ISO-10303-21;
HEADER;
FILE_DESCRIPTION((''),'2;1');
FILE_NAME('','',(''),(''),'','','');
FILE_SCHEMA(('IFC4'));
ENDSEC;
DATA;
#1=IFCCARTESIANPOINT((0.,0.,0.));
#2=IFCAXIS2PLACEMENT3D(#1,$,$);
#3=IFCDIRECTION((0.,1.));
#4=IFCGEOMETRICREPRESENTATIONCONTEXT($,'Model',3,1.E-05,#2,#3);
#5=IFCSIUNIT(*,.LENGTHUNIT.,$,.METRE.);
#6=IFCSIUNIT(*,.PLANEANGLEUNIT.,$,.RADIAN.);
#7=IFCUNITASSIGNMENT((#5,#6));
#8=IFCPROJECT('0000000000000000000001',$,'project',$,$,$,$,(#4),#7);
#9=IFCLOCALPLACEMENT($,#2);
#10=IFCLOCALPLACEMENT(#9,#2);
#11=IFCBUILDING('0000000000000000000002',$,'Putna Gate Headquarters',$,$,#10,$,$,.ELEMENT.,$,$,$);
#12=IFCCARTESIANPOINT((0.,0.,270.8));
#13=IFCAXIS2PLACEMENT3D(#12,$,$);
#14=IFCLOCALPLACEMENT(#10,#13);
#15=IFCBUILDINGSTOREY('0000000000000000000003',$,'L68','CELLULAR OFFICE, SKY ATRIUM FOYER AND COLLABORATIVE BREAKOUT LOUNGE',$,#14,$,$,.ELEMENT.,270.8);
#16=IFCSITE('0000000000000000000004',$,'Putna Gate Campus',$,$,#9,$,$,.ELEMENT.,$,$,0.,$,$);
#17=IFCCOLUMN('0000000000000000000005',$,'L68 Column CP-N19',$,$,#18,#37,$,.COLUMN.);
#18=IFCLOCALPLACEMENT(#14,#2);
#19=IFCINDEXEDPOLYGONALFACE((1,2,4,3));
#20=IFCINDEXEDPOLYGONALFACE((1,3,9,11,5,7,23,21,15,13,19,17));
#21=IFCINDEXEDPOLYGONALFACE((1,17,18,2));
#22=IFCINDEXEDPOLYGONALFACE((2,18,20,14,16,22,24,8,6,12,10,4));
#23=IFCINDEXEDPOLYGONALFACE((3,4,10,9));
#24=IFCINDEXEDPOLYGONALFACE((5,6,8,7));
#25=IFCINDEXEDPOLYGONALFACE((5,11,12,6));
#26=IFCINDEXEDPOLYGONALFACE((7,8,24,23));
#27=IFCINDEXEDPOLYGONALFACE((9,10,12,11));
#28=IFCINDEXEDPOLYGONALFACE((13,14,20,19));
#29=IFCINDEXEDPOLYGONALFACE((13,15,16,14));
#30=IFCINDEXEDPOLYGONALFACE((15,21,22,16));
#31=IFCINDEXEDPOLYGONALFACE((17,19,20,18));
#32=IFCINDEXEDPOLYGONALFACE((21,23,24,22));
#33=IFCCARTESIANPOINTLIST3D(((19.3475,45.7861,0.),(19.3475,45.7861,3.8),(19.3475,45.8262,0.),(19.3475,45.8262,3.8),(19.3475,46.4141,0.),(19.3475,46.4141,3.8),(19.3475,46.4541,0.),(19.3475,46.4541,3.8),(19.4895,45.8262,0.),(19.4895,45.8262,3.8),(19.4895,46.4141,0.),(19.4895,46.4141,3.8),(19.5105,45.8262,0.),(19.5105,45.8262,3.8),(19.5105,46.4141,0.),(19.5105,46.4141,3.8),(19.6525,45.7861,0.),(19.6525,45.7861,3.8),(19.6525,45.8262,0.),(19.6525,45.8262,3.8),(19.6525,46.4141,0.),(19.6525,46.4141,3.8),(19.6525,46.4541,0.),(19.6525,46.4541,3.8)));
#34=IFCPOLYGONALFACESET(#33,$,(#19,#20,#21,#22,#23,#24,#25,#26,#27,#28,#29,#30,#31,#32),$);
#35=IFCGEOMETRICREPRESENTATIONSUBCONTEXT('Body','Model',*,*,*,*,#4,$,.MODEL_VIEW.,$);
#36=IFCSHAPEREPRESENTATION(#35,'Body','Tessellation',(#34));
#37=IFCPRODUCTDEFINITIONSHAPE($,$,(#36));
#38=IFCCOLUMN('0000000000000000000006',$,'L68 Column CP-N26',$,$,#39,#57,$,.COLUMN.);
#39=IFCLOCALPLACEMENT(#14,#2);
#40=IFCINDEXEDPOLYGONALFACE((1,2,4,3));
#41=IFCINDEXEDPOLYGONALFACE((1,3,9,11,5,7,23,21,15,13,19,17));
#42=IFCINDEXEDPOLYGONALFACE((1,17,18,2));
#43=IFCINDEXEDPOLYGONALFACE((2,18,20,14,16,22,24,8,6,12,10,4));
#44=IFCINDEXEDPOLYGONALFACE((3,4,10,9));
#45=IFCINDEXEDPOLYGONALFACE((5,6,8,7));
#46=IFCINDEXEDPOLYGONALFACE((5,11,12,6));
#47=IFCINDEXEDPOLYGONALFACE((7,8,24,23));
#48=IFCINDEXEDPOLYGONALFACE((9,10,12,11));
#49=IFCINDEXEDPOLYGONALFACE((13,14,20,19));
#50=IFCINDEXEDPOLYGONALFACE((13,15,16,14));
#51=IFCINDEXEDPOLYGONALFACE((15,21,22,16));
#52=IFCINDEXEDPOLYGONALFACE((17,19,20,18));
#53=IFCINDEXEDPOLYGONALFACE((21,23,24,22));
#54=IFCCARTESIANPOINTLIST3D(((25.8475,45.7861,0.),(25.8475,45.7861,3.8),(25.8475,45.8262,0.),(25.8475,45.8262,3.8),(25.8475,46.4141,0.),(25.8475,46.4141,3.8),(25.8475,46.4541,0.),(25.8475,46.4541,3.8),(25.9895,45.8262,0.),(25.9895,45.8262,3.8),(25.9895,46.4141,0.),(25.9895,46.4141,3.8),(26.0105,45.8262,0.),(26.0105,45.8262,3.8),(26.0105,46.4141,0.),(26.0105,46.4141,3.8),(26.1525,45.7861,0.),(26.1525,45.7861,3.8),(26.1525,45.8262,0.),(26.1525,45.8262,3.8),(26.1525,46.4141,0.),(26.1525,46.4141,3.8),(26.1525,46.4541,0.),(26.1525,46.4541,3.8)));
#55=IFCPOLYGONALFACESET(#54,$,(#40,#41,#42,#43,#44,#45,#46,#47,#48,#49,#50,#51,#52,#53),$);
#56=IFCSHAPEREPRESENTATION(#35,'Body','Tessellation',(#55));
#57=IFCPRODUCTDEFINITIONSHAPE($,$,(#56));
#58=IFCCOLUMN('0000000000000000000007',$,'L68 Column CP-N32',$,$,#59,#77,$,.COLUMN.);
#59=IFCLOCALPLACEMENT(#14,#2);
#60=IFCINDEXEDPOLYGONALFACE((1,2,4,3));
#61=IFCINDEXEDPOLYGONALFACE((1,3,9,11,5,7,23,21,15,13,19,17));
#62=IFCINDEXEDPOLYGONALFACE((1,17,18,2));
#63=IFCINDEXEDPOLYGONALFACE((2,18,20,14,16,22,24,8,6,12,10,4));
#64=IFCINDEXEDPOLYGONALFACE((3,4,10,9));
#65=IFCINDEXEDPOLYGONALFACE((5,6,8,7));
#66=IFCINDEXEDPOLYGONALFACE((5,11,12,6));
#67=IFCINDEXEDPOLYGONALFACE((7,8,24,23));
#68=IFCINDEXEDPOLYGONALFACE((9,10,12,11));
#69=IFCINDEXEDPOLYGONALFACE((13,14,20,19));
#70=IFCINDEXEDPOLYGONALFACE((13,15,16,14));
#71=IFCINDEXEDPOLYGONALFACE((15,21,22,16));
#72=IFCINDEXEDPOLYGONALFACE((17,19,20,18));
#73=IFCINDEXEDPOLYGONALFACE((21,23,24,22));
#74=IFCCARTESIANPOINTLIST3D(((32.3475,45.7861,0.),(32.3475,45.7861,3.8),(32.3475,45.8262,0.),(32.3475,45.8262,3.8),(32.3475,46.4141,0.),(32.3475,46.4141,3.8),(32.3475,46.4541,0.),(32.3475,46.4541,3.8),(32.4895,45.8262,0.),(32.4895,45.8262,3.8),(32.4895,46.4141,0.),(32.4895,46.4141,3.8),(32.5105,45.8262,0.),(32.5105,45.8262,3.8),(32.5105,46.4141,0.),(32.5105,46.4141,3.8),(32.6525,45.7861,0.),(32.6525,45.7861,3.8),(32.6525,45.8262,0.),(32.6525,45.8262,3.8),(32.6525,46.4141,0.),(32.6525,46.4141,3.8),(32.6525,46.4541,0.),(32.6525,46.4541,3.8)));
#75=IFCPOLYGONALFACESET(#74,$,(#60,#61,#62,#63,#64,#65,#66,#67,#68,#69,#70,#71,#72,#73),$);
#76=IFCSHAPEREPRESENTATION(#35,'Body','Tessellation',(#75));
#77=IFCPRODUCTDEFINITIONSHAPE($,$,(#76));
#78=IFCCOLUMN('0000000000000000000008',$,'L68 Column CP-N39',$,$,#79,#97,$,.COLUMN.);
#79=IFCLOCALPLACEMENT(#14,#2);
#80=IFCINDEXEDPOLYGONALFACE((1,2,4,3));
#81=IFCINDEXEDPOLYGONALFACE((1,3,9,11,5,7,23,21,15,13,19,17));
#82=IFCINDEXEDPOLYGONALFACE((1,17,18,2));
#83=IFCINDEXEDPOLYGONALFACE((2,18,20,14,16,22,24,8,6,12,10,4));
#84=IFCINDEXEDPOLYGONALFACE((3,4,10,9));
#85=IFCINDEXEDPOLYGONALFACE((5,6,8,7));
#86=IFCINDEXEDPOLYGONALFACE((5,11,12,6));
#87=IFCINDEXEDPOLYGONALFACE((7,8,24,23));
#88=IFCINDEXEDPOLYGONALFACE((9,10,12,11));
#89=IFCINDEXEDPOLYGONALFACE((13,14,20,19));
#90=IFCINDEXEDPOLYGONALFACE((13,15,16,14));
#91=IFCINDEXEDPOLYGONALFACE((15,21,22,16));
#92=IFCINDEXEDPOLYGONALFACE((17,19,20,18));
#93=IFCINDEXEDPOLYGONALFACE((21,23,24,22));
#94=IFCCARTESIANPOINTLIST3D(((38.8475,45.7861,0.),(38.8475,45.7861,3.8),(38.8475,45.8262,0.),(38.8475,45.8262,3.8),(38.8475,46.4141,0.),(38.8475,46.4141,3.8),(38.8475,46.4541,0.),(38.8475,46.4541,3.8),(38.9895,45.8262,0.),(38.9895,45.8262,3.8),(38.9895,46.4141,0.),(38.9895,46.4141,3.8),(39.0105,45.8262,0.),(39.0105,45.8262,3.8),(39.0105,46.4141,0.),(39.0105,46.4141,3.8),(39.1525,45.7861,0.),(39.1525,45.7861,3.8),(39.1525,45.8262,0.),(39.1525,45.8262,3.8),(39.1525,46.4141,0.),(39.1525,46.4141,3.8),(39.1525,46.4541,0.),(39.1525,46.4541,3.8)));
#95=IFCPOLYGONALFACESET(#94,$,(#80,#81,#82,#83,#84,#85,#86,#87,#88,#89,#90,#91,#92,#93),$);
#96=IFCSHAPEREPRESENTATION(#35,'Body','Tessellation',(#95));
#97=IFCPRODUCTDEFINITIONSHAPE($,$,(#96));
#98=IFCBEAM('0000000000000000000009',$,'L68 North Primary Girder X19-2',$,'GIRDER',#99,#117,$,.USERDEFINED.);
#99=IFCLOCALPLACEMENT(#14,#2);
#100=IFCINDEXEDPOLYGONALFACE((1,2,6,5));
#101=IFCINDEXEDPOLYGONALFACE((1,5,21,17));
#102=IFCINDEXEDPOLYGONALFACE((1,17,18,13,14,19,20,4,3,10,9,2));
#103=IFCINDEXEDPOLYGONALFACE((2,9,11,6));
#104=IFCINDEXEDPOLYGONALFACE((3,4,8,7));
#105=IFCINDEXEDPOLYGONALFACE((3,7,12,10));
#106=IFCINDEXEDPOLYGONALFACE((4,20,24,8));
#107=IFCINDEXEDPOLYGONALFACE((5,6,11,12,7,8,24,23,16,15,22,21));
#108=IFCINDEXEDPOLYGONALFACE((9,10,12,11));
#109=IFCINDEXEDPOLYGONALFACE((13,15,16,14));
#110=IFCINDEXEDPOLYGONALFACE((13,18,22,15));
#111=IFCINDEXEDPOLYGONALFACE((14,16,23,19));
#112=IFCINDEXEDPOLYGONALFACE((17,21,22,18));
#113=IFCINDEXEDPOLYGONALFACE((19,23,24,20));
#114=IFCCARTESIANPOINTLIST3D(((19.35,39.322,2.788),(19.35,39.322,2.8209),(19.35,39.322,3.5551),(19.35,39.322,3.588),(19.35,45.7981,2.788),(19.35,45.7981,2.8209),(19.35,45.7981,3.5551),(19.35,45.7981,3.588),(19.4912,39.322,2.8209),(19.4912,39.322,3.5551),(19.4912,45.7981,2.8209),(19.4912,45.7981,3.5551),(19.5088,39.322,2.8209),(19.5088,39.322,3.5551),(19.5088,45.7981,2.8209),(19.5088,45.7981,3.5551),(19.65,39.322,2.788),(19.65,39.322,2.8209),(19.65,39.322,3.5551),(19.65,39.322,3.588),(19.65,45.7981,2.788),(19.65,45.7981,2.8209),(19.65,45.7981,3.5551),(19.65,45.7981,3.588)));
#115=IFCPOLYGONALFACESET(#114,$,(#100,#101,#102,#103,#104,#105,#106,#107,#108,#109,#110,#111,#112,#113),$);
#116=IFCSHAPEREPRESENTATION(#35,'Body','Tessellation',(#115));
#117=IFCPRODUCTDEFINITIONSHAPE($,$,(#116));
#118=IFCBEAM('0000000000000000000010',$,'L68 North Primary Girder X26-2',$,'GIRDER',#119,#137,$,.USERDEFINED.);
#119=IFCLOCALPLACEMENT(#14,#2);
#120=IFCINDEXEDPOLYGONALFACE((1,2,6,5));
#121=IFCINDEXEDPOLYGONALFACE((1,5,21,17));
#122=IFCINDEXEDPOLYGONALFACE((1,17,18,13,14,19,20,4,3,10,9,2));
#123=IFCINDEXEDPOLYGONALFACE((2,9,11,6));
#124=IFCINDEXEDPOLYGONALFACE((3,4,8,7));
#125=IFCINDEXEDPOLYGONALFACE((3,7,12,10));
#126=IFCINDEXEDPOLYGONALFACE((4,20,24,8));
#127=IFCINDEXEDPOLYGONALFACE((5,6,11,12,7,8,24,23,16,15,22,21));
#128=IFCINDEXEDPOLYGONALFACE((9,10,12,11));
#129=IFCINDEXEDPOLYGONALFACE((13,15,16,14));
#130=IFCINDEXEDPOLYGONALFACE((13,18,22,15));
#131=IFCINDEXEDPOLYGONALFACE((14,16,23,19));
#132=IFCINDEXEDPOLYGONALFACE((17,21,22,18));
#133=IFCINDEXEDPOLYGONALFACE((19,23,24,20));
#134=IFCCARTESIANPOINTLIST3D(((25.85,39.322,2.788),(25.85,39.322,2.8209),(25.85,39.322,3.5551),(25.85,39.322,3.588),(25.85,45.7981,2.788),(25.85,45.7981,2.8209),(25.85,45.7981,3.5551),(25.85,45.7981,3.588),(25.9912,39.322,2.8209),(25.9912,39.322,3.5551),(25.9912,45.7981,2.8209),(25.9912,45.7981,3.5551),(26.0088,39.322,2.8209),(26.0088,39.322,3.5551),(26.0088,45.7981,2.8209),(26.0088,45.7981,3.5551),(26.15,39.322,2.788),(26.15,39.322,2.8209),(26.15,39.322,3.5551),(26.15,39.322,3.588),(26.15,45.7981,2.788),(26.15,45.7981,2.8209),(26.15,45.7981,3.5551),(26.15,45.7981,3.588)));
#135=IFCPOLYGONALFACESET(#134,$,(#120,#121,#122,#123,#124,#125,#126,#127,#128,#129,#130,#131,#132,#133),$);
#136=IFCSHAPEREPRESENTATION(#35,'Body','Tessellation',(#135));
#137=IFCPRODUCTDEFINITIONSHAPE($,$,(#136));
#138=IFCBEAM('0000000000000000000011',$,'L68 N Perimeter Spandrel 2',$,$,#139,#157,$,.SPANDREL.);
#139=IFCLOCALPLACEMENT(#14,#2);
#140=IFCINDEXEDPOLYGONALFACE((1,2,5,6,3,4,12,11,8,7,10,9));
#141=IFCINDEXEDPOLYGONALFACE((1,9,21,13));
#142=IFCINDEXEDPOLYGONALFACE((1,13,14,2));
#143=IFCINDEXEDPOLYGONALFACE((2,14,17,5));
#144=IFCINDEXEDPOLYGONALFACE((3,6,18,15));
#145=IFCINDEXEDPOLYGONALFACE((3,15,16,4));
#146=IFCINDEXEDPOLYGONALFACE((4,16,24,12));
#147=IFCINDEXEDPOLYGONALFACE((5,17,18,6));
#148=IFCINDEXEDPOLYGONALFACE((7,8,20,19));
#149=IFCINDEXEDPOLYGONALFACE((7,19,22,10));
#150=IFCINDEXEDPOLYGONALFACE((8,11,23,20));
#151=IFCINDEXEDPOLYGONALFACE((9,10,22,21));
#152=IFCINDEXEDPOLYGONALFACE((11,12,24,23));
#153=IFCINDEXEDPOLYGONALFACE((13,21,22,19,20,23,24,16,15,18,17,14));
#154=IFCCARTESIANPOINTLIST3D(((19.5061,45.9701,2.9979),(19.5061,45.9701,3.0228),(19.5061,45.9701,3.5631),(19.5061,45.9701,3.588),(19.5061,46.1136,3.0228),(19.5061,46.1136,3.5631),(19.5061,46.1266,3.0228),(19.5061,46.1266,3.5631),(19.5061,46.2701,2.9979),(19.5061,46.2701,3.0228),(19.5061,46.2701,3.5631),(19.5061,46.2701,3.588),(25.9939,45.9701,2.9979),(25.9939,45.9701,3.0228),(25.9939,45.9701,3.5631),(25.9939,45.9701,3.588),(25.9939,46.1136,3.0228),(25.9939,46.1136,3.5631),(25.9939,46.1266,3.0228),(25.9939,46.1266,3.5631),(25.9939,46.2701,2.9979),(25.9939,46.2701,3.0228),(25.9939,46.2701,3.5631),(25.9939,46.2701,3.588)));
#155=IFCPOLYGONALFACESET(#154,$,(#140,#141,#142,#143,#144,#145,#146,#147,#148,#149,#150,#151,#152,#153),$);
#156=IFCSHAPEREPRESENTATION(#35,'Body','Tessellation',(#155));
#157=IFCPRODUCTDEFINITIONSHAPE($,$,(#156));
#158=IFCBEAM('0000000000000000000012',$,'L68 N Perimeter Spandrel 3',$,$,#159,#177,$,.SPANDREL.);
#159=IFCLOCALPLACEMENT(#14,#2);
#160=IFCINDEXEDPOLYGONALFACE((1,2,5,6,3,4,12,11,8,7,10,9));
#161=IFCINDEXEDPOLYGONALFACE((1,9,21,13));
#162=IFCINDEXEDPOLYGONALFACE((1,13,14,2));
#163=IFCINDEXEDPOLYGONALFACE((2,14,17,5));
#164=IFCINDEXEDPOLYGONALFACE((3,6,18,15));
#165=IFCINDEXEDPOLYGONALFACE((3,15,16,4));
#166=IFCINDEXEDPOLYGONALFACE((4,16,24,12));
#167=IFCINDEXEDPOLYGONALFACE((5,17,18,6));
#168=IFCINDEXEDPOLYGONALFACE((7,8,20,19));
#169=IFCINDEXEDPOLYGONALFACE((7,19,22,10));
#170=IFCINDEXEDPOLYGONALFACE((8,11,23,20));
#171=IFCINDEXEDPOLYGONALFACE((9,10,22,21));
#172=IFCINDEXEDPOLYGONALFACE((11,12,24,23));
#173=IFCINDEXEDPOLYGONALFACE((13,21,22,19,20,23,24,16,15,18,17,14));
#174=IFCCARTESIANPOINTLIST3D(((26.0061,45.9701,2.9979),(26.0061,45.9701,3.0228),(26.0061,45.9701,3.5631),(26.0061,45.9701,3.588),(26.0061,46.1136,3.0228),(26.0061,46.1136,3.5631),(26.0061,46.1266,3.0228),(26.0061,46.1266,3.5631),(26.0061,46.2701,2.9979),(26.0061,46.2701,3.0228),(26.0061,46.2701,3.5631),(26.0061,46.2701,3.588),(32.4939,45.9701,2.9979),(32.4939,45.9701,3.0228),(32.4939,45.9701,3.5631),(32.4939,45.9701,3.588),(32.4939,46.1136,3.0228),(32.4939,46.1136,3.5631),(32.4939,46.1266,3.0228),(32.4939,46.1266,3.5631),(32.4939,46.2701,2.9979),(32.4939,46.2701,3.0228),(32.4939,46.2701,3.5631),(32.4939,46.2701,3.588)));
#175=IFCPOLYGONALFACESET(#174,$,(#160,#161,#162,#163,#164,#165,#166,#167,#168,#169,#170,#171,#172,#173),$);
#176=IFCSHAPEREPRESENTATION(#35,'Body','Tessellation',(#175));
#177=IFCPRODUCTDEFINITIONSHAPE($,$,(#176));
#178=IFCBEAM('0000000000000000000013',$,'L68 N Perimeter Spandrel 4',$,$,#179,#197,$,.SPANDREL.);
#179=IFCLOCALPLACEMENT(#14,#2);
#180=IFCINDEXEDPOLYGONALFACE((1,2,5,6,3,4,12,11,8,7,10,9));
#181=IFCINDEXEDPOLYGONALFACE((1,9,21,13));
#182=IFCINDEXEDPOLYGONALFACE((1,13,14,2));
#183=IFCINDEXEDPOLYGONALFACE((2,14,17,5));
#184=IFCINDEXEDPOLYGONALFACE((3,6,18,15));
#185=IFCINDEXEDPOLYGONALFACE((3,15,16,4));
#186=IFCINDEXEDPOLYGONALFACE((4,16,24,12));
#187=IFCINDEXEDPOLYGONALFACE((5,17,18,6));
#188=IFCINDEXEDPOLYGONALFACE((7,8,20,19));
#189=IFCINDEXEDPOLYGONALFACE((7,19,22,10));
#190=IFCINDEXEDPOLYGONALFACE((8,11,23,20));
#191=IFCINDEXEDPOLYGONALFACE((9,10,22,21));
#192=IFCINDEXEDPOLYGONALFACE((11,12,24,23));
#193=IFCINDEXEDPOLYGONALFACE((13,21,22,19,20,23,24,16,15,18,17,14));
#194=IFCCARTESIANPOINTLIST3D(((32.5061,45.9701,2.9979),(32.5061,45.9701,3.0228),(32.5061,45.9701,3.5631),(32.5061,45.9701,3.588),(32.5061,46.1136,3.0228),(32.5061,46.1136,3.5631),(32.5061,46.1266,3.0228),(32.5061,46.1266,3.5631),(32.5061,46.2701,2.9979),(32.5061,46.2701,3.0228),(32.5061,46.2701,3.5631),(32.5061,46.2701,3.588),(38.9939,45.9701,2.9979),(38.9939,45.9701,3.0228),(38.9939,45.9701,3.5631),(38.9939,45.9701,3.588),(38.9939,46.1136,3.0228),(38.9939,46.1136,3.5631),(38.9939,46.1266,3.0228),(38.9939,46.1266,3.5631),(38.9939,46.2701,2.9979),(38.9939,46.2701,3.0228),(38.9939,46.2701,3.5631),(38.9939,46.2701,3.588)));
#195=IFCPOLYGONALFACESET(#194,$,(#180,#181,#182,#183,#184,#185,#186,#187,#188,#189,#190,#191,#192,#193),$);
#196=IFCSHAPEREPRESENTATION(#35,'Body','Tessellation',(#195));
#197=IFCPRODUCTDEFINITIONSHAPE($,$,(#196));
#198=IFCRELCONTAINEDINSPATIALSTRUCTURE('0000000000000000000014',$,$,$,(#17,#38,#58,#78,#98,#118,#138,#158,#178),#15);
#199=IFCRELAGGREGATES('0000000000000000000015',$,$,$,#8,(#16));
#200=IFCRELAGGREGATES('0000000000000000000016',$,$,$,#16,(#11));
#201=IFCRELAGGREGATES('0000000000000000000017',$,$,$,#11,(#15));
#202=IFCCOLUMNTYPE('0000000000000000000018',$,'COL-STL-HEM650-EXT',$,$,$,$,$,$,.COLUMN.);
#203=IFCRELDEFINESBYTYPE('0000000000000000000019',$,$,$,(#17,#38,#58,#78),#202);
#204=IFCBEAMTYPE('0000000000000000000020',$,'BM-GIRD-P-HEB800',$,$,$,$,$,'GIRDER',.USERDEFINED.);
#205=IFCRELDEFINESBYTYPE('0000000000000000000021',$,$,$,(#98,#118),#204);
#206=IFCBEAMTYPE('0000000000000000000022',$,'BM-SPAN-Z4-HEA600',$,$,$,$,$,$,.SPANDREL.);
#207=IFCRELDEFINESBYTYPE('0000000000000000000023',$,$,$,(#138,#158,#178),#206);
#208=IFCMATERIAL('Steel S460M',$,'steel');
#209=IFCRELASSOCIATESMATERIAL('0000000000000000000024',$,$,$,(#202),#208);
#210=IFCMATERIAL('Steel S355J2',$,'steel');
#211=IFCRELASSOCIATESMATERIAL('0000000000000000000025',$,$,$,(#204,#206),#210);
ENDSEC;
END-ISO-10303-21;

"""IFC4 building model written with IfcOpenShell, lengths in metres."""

from ifc_helpers import new_model, si_unit, direction, frame, origin, origin_2d, place, context, subcontext, project, spatial, i_section, extrude, material, material_profile, profile_set, type_object, element, save


model = new_model("IFC4")

# Units and contexts
model_context = context("Model", 3, precision=1e-05, world=origin(), true_north=direction((0.0, 1.0)))
body_context = subcontext(model_context, "Body", "Model", "MODEL_VIEW")
ifc_project = project(units=[si_unit("LENGTHUNIT", "METRE"), si_unit("PLANEANGLEUNIT", "RADIAN")], contexts=[model_context])

# Site, building, storey
site_placement = place(None, origin())
site = spatial("IfcSite", under=ifc_project, at=site_placement, Name="Putna Gate Campus", CompositionType="ELEMENT", RefElevation=0.0)
building_placement = place(site_placement, origin())
building = spatial("IfcBuilding", under=site, at=building_placement, Name="Putna Gate Headquarters", CompositionType="ELEMENT")
storey_placement = place(building_placement, frame((0.0, 0.0, 270.8)))
storey = spatial("IfcBuildingStorey", under=building, at=storey_placement, Name="L68", Description="CELLULAR OFFICE, SKY ATRIUM FOYER AND COLLABORATIVE BREAKOUT LOUNGE", CompositionType="ELEMENT", Elevation=270.8)

# Columns
ifc_material_1 = material(Name="Steel S460M", Category="steel")
ifc_material_profile_1 = material_profile(ifc_material_1, i_section(OverallWidth=0.3049, OverallDepth=0.668, WebThickness=0.021, FlangeThickness=0.04, at=origin_2d()), Name="Steel S460M")
ifc_profile_set_1 = profile_set([ifc_material_profile_1], Name="Steel S460M")
column_type = type_object("IfcColumnType", Name="COL-STL-HEM650-EXT", PredefinedType="COLUMN", material=ifc_profile_set_1)
for number, where, z_axis, x_axis, name in (
    (1, (19.5, 46.1201, 0.0), (0.0, 0.0, 1.0), (1.0, 0.0, 0.0), "L68 Column CP-N19"),
    (2, (26.0, 46.1201, 0.0), (0.0, 0.0, 1.0), (1.0, 0.0, 0.0), "L68 Column CP-N26"),
    (3, (32.5, 46.1201, 0.0), (0.0, 0.0, 1.0), (1.0, 0.0, 0.0), "L68 Column CP-N32"),
    (4, (39.0, 46.1201, 0.0), (0.0, 0.0, 1.0), (1.0, 0.0, 0.0), "L68 Column CP-N39"),
):
    element("IfcColumn", number, at=place(storey_placement, frame(where, z_axis=z_axis, x_axis=x_axis)), inside=storey, type_object=column_type, Name=name, PredefinedType="COLUMN", context=body_context, shape_type="SweptSolid", body=[
        extrude(i_section(OverallWidth=0.3049, OverallDepth=0.668, WebThickness=0.021, FlangeThickness=0.04, at=origin_2d()), origin(), (0.0, 0.0, 1.0), 3.8),
    ])

# Beams
ifc_material_2 = material(Name="Steel S355J2", Category="steel")
ifc_material_profile_2 = material_profile(ifc_material_2, i_section(OverallWidth=0.3, OverallDepth=0.8, WebThickness=0.0176, FlangeThickness=0.033, at=origin_2d()), Name="Steel S355J2")
ifc_profile_set_2 = profile_set([ifc_material_profile_2], Name="Steel S355J2")
beam_type_1 = type_object("IfcBeamType", Name="BM-GIRD-P-HEB800", ElementType="GIRDER", PredefinedType="USERDEFINED", material=ifc_profile_set_2)
for number, where, z_axis, x_axis, name in (
    (5, (19.5, 39.322, 3.188), (0.0, 1.0, 0.0), (-1.0, 0.0, 0.0), "L68 North Primary Girder X19-2"),
    (6, (26.0, 39.322, 3.188), (0.0, 1.0, 0.0), (-1.0, 0.0, 0.0), "L68 North Primary Girder X26-2"),
):
    element("IfcBeam", number, at=place(storey_placement, frame(where, z_axis=z_axis, x_axis=x_axis)), inside=storey, type_object=beam_type_1, Name=name, ObjectType="GIRDER", PredefinedType="USERDEFINED", context=body_context, shape_type="SweptSolid", body=[
        extrude(i_section(OverallWidth=0.3, OverallDepth=0.8, WebThickness=0.0176, FlangeThickness=0.033, at=origin_2d()), origin(), (0.0, 0.0, 1.0), 6.4761),
    ])
ifc_material_profile_3 = material_profile(ifc_material_2, i_section(OverallWidth=0.3, OverallDepth=0.5901, WebThickness=0.0129, FlangeThickness=0.0249, at=origin_2d()), Name="Steel S355J2")
ifc_profile_set_3 = profile_set([ifc_material_profile_3], Name="Steel S355J2")
beam_type_2 = type_object("IfcBeamType", Name="BM-SPAN-Z4-HEA600", PredefinedType="SPANDREL", material=ifc_profile_set_3)
for number, where, z_axis, x_axis, name in (
    (7, (19.5061, 46.1201, 3.293), (1.0, 0.0, 0.0), (0.0, 1.0, 0.0), "L68 N Perimeter Spandrel 2"),
    (8, (26.0061, 46.1201, 3.293), (1.0, 0.0, 0.0), (0.0, 1.0, 0.0), "L68 N Perimeter Spandrel 3"),
    (9, (32.5061, 46.1201, 3.293), (1.0, 0.0, 0.0), (0.0, 1.0, 0.0), "L68 N Perimeter Spandrel 4"),
):
    element("IfcBeam", number, at=place(storey_placement, frame(where, z_axis=z_axis, x_axis=x_axis)), inside=storey, type_object=beam_type_2, Name=name, PredefinedType="SPANDREL", context=body_context, shape_type="SweptSolid", body=[
        extrude(i_section(OverallWidth=0.3, OverallDepth=0.5901, WebThickness=0.0129, FlangeThickness=0.0249, at=origin_2d()), origin(), (0.0, 0.0, 1.0), 6.4878),
    ])

save(model, "model.ifc")
